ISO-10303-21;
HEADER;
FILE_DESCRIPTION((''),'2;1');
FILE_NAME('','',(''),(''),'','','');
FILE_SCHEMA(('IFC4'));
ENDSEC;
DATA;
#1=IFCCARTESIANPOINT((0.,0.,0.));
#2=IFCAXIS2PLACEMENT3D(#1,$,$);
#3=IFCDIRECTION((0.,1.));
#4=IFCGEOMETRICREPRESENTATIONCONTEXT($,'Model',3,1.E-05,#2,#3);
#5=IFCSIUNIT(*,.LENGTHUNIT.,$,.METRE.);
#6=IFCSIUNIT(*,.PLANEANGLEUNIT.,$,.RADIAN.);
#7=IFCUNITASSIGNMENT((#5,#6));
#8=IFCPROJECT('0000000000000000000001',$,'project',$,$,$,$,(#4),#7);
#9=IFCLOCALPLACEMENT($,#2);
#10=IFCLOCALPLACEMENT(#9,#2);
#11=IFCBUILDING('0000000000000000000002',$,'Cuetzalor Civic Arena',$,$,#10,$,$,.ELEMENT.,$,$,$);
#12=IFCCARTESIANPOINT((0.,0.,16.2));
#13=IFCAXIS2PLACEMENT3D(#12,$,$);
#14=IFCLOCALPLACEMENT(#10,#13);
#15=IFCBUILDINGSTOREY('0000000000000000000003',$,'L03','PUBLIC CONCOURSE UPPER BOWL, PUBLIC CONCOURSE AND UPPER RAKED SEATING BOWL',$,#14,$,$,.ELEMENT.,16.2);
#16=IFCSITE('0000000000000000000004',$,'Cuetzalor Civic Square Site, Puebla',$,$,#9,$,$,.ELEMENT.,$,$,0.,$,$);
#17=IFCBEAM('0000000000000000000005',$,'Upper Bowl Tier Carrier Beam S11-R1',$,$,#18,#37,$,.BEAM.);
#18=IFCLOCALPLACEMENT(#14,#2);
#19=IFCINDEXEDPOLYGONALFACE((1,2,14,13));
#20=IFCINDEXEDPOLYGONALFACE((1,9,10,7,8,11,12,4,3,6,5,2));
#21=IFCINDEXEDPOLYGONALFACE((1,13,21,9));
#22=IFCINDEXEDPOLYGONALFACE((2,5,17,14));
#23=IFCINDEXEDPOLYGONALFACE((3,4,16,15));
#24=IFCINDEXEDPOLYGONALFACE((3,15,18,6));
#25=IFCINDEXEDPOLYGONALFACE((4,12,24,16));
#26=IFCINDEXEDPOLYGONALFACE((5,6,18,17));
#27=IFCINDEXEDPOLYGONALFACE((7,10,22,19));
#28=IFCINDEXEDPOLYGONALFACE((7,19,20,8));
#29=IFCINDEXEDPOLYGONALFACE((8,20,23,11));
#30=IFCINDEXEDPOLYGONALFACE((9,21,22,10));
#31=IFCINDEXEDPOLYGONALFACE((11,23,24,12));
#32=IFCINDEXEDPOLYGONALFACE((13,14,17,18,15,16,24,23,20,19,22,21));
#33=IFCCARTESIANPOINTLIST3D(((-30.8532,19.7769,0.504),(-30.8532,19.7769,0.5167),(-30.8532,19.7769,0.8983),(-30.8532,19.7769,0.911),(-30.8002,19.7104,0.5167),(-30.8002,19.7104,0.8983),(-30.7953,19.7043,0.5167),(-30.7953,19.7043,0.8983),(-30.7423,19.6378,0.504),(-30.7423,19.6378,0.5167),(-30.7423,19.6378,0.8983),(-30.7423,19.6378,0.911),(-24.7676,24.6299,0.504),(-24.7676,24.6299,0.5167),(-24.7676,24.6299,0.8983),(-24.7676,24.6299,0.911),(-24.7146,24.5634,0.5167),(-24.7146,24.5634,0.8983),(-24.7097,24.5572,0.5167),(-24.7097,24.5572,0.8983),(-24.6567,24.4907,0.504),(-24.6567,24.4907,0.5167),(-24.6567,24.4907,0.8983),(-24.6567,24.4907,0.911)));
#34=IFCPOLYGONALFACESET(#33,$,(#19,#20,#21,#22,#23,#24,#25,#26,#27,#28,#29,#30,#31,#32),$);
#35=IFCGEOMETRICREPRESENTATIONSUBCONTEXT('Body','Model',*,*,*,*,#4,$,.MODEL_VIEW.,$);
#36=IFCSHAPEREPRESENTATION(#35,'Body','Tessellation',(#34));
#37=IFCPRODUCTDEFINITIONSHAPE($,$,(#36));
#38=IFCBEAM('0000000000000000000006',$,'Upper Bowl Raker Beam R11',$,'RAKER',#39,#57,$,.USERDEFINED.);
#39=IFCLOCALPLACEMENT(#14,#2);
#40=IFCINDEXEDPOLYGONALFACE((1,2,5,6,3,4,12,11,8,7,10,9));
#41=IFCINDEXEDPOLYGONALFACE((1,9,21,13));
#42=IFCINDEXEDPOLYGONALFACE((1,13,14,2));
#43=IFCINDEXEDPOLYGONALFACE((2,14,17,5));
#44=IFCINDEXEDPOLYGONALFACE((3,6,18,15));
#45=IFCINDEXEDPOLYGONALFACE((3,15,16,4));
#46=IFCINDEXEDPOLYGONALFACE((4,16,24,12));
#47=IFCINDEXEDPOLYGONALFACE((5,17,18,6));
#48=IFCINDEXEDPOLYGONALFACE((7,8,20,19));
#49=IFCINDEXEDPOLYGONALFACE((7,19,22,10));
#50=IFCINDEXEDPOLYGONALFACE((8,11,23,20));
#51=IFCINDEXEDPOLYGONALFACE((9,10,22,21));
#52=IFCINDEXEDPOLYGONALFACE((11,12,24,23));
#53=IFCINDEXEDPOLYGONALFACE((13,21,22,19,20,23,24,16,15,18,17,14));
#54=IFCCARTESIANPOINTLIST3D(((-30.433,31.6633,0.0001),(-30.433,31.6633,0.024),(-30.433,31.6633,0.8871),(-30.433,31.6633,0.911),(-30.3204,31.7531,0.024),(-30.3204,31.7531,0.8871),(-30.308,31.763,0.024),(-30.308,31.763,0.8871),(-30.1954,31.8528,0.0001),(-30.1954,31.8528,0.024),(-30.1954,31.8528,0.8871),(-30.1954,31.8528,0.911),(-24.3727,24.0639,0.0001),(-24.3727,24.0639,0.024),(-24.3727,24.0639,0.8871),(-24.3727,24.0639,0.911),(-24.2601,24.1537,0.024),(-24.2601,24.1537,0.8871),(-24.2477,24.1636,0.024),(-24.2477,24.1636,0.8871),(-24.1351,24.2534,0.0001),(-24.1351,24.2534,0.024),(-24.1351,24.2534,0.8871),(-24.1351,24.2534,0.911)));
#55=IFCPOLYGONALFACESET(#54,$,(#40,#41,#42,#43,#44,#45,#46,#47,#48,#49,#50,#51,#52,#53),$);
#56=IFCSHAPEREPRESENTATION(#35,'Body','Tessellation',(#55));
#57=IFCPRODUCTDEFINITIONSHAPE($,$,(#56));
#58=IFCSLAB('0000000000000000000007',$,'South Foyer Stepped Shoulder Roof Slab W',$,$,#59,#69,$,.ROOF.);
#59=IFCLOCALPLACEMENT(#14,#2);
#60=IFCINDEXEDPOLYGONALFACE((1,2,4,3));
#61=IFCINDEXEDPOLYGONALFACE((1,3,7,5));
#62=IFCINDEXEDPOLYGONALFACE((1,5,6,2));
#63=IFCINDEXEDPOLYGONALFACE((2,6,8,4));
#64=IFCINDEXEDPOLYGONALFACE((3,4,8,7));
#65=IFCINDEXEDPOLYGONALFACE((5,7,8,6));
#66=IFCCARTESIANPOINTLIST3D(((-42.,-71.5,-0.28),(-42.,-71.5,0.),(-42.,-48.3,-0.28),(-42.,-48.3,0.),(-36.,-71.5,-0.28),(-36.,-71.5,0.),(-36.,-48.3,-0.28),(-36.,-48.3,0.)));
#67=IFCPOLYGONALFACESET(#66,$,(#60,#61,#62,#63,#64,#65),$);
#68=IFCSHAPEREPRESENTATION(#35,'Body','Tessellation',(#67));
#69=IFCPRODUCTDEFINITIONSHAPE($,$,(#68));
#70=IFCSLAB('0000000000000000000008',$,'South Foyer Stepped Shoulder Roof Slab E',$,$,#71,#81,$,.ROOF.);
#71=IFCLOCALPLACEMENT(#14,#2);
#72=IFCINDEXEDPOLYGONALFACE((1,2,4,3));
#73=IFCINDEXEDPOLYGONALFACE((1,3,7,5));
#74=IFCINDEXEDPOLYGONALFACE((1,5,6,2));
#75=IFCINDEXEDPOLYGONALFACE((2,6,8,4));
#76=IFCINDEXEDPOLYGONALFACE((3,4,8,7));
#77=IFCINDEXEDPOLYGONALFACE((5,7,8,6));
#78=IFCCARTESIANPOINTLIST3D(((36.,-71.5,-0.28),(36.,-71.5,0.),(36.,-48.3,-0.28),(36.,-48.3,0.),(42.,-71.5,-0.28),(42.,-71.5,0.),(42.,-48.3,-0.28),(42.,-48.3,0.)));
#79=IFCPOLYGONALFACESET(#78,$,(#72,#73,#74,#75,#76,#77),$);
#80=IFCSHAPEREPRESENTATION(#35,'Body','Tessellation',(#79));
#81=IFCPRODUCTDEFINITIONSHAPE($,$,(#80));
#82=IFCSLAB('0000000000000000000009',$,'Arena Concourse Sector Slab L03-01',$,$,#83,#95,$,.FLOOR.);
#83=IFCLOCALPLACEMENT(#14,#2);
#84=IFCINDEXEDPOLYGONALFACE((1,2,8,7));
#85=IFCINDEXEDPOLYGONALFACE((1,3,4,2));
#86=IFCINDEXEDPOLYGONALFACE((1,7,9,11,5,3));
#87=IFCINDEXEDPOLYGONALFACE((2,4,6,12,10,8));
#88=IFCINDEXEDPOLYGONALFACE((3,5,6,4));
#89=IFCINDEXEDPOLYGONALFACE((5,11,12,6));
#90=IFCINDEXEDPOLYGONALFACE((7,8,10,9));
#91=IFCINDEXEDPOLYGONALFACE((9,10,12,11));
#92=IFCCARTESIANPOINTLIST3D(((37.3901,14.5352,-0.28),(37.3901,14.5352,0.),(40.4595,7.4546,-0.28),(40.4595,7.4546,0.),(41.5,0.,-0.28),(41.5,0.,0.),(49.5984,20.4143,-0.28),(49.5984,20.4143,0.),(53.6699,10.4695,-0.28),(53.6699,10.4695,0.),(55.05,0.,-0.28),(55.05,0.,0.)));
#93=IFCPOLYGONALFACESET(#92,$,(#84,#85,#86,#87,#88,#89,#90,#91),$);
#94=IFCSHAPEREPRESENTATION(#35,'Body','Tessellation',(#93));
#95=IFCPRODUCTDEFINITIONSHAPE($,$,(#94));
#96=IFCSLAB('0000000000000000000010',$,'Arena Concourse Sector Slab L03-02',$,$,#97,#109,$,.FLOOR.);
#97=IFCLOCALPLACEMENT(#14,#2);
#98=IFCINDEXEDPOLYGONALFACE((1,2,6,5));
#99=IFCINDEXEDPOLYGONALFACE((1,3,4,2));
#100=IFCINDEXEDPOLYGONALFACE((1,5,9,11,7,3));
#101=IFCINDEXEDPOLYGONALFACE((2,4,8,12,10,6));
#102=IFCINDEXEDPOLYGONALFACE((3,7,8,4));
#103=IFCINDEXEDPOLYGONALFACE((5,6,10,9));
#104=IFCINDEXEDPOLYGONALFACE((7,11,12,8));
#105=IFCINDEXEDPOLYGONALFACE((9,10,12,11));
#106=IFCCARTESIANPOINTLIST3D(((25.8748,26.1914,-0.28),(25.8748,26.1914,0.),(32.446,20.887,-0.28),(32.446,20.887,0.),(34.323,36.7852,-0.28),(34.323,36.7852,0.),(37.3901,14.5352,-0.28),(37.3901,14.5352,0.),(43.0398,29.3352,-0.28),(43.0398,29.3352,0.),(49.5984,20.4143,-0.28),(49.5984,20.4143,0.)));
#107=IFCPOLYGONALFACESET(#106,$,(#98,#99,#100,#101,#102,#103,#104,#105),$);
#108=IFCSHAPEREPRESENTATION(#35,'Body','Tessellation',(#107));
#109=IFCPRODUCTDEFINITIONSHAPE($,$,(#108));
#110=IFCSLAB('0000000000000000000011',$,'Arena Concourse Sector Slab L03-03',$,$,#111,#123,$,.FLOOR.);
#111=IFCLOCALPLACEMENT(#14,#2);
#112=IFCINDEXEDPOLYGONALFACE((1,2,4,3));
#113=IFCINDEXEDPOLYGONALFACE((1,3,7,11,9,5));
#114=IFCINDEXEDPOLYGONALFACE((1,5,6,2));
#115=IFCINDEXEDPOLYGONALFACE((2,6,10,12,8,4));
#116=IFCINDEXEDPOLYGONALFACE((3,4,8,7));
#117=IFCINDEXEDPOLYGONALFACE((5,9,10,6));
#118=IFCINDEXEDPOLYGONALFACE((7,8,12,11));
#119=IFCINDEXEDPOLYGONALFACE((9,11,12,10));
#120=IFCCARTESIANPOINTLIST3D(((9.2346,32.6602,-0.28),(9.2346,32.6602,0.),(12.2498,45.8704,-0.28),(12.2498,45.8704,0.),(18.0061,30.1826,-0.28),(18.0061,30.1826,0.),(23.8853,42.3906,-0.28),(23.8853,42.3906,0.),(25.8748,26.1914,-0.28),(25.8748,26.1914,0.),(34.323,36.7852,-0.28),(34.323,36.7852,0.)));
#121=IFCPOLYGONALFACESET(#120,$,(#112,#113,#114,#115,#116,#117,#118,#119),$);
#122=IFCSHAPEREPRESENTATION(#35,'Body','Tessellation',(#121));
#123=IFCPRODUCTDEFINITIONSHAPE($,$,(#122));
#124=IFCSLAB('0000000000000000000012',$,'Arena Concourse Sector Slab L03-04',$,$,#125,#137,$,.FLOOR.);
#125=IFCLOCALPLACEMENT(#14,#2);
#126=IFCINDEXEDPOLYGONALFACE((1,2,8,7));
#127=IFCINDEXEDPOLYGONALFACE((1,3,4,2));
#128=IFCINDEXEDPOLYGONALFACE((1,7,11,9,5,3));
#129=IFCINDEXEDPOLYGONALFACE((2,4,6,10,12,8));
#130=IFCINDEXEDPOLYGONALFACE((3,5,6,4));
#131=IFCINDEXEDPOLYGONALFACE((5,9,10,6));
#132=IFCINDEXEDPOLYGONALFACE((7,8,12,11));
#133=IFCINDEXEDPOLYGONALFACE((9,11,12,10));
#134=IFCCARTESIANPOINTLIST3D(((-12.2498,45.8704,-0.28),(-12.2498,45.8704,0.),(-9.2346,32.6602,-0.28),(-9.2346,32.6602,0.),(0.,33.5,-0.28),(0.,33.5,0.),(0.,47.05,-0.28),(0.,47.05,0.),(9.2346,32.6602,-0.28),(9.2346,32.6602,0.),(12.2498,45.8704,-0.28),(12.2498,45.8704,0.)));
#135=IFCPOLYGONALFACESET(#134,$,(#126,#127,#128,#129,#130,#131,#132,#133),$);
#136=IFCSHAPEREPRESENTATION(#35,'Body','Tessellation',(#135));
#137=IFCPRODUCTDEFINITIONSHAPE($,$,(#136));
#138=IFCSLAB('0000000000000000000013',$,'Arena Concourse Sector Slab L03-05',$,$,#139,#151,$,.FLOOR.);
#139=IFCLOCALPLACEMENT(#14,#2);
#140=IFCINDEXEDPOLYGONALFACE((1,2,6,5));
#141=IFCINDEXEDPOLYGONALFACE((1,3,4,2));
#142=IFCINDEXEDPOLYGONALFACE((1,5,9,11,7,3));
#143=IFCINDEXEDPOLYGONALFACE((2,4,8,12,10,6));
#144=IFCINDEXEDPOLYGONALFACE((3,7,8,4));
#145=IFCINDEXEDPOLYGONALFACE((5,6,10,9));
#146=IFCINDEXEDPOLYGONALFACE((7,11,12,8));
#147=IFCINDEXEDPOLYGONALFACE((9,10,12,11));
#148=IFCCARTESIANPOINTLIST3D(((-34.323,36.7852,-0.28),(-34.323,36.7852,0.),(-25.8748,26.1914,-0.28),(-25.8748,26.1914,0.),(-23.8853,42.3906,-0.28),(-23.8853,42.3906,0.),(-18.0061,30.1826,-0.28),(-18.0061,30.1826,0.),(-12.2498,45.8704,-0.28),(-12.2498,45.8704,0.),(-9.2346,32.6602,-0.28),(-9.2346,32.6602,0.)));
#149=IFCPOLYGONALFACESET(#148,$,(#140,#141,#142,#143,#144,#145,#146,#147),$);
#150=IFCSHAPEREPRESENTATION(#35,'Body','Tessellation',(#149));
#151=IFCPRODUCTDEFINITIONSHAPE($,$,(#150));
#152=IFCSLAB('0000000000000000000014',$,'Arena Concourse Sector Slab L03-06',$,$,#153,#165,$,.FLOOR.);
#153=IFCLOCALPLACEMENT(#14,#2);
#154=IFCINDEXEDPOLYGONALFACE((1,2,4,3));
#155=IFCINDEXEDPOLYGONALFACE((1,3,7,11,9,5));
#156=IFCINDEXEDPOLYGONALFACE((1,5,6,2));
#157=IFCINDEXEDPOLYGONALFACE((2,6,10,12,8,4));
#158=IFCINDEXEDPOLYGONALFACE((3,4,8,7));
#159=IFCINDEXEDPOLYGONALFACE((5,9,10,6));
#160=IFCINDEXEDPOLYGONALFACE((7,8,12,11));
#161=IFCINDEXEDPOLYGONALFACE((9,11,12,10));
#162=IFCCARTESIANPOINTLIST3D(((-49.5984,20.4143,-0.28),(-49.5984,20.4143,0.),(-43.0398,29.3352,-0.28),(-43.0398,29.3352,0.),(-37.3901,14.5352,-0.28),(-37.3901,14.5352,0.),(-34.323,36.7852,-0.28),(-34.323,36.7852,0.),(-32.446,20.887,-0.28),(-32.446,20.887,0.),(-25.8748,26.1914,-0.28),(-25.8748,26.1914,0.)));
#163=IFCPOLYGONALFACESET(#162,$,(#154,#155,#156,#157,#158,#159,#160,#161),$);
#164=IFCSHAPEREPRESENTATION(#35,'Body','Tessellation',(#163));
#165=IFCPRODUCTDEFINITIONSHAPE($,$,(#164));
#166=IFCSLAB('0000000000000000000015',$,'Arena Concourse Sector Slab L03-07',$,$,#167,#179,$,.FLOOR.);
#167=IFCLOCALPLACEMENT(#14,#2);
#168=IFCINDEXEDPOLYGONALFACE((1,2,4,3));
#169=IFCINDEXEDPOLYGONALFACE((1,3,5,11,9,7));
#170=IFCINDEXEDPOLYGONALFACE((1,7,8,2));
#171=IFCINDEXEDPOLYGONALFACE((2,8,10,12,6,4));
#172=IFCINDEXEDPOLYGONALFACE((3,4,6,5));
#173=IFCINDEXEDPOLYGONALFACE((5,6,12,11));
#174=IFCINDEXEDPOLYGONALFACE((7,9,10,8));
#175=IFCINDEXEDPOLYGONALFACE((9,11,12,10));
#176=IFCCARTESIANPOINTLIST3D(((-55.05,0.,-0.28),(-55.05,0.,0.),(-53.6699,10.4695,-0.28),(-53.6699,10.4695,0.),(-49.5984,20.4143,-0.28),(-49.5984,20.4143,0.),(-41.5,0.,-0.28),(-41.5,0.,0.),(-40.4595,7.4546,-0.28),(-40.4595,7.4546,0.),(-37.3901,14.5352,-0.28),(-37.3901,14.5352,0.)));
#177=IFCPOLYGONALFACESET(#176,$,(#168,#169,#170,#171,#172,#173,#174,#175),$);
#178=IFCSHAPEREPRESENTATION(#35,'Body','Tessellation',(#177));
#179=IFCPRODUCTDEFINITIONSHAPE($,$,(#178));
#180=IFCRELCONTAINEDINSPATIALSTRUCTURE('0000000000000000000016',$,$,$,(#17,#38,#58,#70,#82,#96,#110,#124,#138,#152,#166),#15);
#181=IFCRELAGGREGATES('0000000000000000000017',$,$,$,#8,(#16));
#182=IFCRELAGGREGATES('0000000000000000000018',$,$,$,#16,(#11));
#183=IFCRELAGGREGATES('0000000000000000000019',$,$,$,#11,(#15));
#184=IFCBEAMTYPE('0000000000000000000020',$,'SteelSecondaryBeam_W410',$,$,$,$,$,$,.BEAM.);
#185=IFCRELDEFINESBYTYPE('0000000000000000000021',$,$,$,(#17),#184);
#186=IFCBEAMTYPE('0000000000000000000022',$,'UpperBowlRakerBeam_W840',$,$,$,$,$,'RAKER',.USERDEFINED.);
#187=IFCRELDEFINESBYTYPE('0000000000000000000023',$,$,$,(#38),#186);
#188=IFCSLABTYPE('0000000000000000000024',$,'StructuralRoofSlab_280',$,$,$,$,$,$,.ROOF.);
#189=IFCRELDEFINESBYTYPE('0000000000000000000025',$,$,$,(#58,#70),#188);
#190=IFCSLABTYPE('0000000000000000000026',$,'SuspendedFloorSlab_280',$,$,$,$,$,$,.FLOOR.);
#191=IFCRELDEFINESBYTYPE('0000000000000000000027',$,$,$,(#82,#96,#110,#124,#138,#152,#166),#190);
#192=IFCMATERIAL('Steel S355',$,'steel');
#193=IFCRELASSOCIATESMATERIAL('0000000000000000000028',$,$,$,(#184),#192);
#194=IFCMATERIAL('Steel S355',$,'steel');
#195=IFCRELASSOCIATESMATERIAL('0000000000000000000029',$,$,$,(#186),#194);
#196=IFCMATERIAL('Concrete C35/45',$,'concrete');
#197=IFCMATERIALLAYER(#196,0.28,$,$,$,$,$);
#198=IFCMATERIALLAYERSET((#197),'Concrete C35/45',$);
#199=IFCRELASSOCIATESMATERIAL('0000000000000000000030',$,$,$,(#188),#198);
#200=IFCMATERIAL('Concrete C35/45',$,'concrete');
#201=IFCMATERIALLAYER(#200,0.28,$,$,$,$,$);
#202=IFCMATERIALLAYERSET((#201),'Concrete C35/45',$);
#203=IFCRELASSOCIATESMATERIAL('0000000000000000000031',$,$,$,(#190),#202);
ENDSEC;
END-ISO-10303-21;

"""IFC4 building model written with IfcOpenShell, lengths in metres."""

from ifc_helpers import new_model, si_unit, direction, frame, origin, origin_2d, place, context, subcontext, project, spatial, polyline, i_section, outline, extrude, material, layer, layer_set, material_profile, profile_set, type_object, element, save


model = new_model("IFC4")

# Units and contexts
model_context = context("Model", 3, precision=1e-05, world=origin(), true_north=direction((0.0, 1.0)))
body_context = subcontext(model_context, "Body", "Model", "MODEL_VIEW")
ifc_project = project(units=[si_unit("LENGTHUNIT", "METRE"), si_unit("PLANEANGLEUNIT", "RADIAN")], contexts=[model_context])

# Site, building, storey
site_placement = place(None, origin())
site = spatial("IfcSite", under=ifc_project, at=site_placement, Name="Cuetzalor Civic Square Site, Puebla", CompositionType="ELEMENT", RefElevation=0.0)
building_placement = place(site_placement, origin())
building = spatial("IfcBuilding", under=site, at=building_placement, Name="Cuetzalor Civic Arena", CompositionType="ELEMENT")
storey_placement = place(building_placement, frame((0.0, 0.0, 16.2)))
storey = spatial("IfcBuildingStorey", under=building, at=storey_placement, Name="L03", Description="PUBLIC CONCOURSE UPPER BOWL, PUBLIC CONCOURSE AND UPPER RAKED SEATING BOWL", CompositionType="ELEMENT", Elevation=16.2)

# Beams
ifc_material_1 = material(Name="Steel S355", Category="steel")
ifc_material_profile_1 = material_profile(ifc_material_1, i_section(OverallWidth=0.178, OverallDepth=0.407, WebThickness=0.0078, FlangeThickness=0.0127, at=origin_2d()), Name="W410x60")
ifc_profile_set_1 = profile_set([ifc_material_profile_1], Name="Steel S355")
beam_type_1 = type_object("IfcBeamType", Name="SteelSecondaryBeam_W410", PredefinedType="BEAM", material=ifc_profile_set_1)
beam_1_placement = place(storey_placement, frame((-24.7122, 24.5603, 0.7075), z_axis=(-0.781841, -0.623478, 0.0), x_axis=(0.623478, -0.781841, 0.0)))
element("IfcBeam", 1, at=beam_1_placement, inside=storey, type_object=beam_type_1, Name="Upper Bowl Tier Carrier Beam S11-R1", PredefinedType="BEAM", context=body_context, shape_type="SweptSolid", body=[
    extrude(i_section(OverallWidth=0.178, OverallDepth=0.407, WebThickness=0.0078, FlangeThickness=0.0127, at=origin_2d()), origin(), (0.0, 0.0, 1.0), 7.7837),
])
ifc_material_2 = material(Name="Steel S355", Category="steel")
ifc_material_profile_2 = material_profile(ifc_material_2, i_section(OverallWidth=0.304, OverallDepth=0.9109, WebThickness=0.0159, FlangeThickness=0.0239, at=origin_2d()), Name="W920x223")
ifc_profile_set_2 = profile_set([ifc_material_profile_2], Name="Steel S355")
beam_type_2 = type_object("IfcBeamType", Name="UpperBowlRakerBeam_W840", ElementType="RAKER", PredefinedType="USERDEFINED", material=ifc_profile_set_2)
beam_2_placement = place(storey_placement, frame((-24.2539, 24.1587, 0.4556), z_axis=(-0.623491, 0.781831, 0.0), x_axis=(-0.781831, -0.623491, 0.0)))
element("IfcBeam", 2, at=beam_2_placement, inside=storey, type_object=beam_type_2, Name="Upper Bowl Raker Beam R11", ObjectType="RAKER", PredefinedType="USERDEFINED", context=body_context, shape_type="SweptSolid", body=[
    extrude(i_section(OverallWidth=0.304, OverallDepth=0.9109, WebThickness=0.0159, FlangeThickness=0.0239, at=origin_2d()), origin(), (0.0, 0.0, 1.0), 9.72),
])

# Slabs
ifc_material_3 = material(Name="Concrete C35/45", Category="concrete")
ifc_layer_1 = layer(ifc_material_3, 0.28)
ifc_layer_set_1 = layer_set([ifc_layer_1], Name="Concrete C35/45")
slab_type_1 = type_object("IfcSlabType", Name="StructuralRoofSlab_280", PredefinedType="ROOF", material=ifc_layer_set_1)
slab_1_placement = place(storey_placement, frame((0.0, 0.0, -0.28)))
element("IfcSlab", 3, at=slab_1_placement, inside=storey, type_object=slab_type_1, Name="South Foyer Stepped Shoulder Roof Slab W", PredefinedType="ROOF", context=body_context, shape_type="SweptSolid", body=[
    extrude(outline(polyline([(-42.0, -71.5), (-36.0, -71.5), (-36.0, -48.3), (-42.0, -48.3), (-42.0, -71.5)])), origin(), (0.0, 0.0, 1.0), 0.28),
])
slab_2_placement = place(storey_placement, frame((0.0, 0.0, -0.28)))
element("IfcSlab", 4, at=slab_2_placement, inside=storey, type_object=slab_type_1, Name="South Foyer Stepped Shoulder Roof Slab E", PredefinedType="ROOF", context=body_context, shape_type="SweptSolid", body=[
    extrude(outline(polyline([(36.0, -71.5), (42.0, -71.5), (42.0, -48.3), (36.0, -48.3), (36.0, -71.5)])), origin(), (0.0, 0.0, 1.0), 0.28),
])
ifc_material_4 = material(Name="Concrete C35/45", Category="concrete")
ifc_layer_2 = layer(ifc_material_4, 0.28)
ifc_layer_set_2 = layer_set([ifc_layer_2], Name="Concrete C35/45")
slab_type_2 = type_object("IfcSlabType", Name="SuspendedFloorSlab_280", PredefinedType="FLOOR", material=ifc_layer_set_2)
slab_3_placement = place(storey_placement, frame((0.0, 0.0, -0.28)))
element("IfcSlab", 5, at=slab_3_placement, inside=storey, type_object=slab_type_2, Name="Arena Concourse Sector Slab L03-01", PredefinedType="FLOOR", context=body_context, shape_type="SweptSolid", body=[
    extrude(outline(polyline([(41.5, 0.0), (40.4595, 7.4546), (37.3901, 14.5352), (49.5984, 20.4143), (53.6699, 10.4695), (55.05, 0.0), (41.5, 0.0)])), origin(), (0.0, 0.0, 1.0), 0.28),
])
slab_4_placement = place(storey_placement, frame((0.0, 0.0, -0.28)))
element("IfcSlab", 6, at=slab_4_placement, inside=storey, type_object=slab_type_2, Name="Arena Concourse Sector Slab L03-02", PredefinedType="FLOOR", context=body_context, shape_type="SweptSolid", body=[
    extrude(outline(polyline([(37.3901, 14.5352), (32.446, 20.887), (25.8748, 26.1914), (34.323, 36.7852), (43.0398, 29.3352), (49.5984, 20.4143), (37.3901, 14.5352)])), origin(), (0.0, 0.0, 1.0), 0.28),
])
slab_5_placement = place(storey_placement, frame((0.0, 0.0, -0.28)))
element("IfcSlab", 7, at=slab_5_placement, inside=storey, type_object=slab_type_2, Name="Arena Concourse Sector Slab L03-03", PredefinedType="FLOOR", context=body_context, shape_type="SweptSolid", body=[
    extrude(outline(polyline([(25.8748, 26.1914), (18.0061, 30.1826), (9.2346, 32.6602), (12.2498, 45.8704), (23.8853, 42.3906), (34.323, 36.7852), (25.8748, 26.1914)])), origin(), (0.0, 0.0, 1.0), 0.28),
])
slab_6_placement = place(storey_placement, frame((0.0, 0.0, -0.28)))
element("IfcSlab", 8, at=slab_6_placement, inside=storey, type_object=slab_type_2, Name="Arena Concourse Sector Slab L03-04", PredefinedType="FLOOR", context=body_context, shape_type="SweptSolid", body=[
    extrude(outline(polyline([(9.2346, 32.6602), (0.0, 33.5), (-9.2346, 32.6602), (-12.2498, 45.8704), (0.0, 47.05), (12.2498, 45.8704), (9.2346, 32.6602)])), origin(), (0.0, 0.0, 1.0), 0.28),
])
slab_7_placement = place(storey_placement, frame((0.0, 0.0, -0.28)))
element("IfcSlab", 9, at=slab_7_placement, inside=storey, type_object=slab_type_2, Name="Arena Concourse Sector Slab L03-05", PredefinedType="FLOOR", context=body_context, shape_type="SweptSolid", body=[
    extrude(outline(polyline([(-9.2346, 32.6602), (-18.0061, 30.1826), (-25.8748, 26.1914), (-34.323, 36.7852), (-23.8853, 42.3906), (-12.2498, 45.8704), (-9.2346, 32.6602)])), origin(), (0.0, 0.0, 1.0), 0.28),
])
slab_8_placement = place(storey_placement, frame((0.0, 0.0, -0.28)))
element("IfcSlab", 10, at=slab_8_placement, inside=storey, type_object=slab_type_2, Name="Arena Concourse Sector Slab L03-06", PredefinedType="FLOOR", context=body_context, shape_type="SweptSolid", body=[
    extrude(outline(polyline([(-25.8748, 26.1914), (-32.446, 20.887), (-37.3901, 14.5352), (-49.5984, 20.4143), (-43.0398, 29.3352), (-34.323, 36.7852), (-25.8748, 26.1914)])), origin(), (0.0, 0.0, 1.0), 0.28),
])
slab_9_placement = place(storey_placement, frame((0.0, 0.0, -0.28)))
element("IfcSlab", 11, at=slab_9_placement, inside=storey, type_object=slab_type_2, Name="Arena Concourse Sector Slab L03-07", PredefinedType="FLOOR", context=body_context, shape_type="SweptSolid", body=[
    extrude(outline(polyline([(-37.3901, 14.5352), (-40.4595, 7.4546), (-41.5, 0.0), (-55.05, 0.0), (-53.6699, 10.4695), (-49.5984, 20.4143), (-37.3901, 14.5352)])), origin(), (0.0, 0.0, 1.0), 0.28),
])

save(model, "model.ifc")
